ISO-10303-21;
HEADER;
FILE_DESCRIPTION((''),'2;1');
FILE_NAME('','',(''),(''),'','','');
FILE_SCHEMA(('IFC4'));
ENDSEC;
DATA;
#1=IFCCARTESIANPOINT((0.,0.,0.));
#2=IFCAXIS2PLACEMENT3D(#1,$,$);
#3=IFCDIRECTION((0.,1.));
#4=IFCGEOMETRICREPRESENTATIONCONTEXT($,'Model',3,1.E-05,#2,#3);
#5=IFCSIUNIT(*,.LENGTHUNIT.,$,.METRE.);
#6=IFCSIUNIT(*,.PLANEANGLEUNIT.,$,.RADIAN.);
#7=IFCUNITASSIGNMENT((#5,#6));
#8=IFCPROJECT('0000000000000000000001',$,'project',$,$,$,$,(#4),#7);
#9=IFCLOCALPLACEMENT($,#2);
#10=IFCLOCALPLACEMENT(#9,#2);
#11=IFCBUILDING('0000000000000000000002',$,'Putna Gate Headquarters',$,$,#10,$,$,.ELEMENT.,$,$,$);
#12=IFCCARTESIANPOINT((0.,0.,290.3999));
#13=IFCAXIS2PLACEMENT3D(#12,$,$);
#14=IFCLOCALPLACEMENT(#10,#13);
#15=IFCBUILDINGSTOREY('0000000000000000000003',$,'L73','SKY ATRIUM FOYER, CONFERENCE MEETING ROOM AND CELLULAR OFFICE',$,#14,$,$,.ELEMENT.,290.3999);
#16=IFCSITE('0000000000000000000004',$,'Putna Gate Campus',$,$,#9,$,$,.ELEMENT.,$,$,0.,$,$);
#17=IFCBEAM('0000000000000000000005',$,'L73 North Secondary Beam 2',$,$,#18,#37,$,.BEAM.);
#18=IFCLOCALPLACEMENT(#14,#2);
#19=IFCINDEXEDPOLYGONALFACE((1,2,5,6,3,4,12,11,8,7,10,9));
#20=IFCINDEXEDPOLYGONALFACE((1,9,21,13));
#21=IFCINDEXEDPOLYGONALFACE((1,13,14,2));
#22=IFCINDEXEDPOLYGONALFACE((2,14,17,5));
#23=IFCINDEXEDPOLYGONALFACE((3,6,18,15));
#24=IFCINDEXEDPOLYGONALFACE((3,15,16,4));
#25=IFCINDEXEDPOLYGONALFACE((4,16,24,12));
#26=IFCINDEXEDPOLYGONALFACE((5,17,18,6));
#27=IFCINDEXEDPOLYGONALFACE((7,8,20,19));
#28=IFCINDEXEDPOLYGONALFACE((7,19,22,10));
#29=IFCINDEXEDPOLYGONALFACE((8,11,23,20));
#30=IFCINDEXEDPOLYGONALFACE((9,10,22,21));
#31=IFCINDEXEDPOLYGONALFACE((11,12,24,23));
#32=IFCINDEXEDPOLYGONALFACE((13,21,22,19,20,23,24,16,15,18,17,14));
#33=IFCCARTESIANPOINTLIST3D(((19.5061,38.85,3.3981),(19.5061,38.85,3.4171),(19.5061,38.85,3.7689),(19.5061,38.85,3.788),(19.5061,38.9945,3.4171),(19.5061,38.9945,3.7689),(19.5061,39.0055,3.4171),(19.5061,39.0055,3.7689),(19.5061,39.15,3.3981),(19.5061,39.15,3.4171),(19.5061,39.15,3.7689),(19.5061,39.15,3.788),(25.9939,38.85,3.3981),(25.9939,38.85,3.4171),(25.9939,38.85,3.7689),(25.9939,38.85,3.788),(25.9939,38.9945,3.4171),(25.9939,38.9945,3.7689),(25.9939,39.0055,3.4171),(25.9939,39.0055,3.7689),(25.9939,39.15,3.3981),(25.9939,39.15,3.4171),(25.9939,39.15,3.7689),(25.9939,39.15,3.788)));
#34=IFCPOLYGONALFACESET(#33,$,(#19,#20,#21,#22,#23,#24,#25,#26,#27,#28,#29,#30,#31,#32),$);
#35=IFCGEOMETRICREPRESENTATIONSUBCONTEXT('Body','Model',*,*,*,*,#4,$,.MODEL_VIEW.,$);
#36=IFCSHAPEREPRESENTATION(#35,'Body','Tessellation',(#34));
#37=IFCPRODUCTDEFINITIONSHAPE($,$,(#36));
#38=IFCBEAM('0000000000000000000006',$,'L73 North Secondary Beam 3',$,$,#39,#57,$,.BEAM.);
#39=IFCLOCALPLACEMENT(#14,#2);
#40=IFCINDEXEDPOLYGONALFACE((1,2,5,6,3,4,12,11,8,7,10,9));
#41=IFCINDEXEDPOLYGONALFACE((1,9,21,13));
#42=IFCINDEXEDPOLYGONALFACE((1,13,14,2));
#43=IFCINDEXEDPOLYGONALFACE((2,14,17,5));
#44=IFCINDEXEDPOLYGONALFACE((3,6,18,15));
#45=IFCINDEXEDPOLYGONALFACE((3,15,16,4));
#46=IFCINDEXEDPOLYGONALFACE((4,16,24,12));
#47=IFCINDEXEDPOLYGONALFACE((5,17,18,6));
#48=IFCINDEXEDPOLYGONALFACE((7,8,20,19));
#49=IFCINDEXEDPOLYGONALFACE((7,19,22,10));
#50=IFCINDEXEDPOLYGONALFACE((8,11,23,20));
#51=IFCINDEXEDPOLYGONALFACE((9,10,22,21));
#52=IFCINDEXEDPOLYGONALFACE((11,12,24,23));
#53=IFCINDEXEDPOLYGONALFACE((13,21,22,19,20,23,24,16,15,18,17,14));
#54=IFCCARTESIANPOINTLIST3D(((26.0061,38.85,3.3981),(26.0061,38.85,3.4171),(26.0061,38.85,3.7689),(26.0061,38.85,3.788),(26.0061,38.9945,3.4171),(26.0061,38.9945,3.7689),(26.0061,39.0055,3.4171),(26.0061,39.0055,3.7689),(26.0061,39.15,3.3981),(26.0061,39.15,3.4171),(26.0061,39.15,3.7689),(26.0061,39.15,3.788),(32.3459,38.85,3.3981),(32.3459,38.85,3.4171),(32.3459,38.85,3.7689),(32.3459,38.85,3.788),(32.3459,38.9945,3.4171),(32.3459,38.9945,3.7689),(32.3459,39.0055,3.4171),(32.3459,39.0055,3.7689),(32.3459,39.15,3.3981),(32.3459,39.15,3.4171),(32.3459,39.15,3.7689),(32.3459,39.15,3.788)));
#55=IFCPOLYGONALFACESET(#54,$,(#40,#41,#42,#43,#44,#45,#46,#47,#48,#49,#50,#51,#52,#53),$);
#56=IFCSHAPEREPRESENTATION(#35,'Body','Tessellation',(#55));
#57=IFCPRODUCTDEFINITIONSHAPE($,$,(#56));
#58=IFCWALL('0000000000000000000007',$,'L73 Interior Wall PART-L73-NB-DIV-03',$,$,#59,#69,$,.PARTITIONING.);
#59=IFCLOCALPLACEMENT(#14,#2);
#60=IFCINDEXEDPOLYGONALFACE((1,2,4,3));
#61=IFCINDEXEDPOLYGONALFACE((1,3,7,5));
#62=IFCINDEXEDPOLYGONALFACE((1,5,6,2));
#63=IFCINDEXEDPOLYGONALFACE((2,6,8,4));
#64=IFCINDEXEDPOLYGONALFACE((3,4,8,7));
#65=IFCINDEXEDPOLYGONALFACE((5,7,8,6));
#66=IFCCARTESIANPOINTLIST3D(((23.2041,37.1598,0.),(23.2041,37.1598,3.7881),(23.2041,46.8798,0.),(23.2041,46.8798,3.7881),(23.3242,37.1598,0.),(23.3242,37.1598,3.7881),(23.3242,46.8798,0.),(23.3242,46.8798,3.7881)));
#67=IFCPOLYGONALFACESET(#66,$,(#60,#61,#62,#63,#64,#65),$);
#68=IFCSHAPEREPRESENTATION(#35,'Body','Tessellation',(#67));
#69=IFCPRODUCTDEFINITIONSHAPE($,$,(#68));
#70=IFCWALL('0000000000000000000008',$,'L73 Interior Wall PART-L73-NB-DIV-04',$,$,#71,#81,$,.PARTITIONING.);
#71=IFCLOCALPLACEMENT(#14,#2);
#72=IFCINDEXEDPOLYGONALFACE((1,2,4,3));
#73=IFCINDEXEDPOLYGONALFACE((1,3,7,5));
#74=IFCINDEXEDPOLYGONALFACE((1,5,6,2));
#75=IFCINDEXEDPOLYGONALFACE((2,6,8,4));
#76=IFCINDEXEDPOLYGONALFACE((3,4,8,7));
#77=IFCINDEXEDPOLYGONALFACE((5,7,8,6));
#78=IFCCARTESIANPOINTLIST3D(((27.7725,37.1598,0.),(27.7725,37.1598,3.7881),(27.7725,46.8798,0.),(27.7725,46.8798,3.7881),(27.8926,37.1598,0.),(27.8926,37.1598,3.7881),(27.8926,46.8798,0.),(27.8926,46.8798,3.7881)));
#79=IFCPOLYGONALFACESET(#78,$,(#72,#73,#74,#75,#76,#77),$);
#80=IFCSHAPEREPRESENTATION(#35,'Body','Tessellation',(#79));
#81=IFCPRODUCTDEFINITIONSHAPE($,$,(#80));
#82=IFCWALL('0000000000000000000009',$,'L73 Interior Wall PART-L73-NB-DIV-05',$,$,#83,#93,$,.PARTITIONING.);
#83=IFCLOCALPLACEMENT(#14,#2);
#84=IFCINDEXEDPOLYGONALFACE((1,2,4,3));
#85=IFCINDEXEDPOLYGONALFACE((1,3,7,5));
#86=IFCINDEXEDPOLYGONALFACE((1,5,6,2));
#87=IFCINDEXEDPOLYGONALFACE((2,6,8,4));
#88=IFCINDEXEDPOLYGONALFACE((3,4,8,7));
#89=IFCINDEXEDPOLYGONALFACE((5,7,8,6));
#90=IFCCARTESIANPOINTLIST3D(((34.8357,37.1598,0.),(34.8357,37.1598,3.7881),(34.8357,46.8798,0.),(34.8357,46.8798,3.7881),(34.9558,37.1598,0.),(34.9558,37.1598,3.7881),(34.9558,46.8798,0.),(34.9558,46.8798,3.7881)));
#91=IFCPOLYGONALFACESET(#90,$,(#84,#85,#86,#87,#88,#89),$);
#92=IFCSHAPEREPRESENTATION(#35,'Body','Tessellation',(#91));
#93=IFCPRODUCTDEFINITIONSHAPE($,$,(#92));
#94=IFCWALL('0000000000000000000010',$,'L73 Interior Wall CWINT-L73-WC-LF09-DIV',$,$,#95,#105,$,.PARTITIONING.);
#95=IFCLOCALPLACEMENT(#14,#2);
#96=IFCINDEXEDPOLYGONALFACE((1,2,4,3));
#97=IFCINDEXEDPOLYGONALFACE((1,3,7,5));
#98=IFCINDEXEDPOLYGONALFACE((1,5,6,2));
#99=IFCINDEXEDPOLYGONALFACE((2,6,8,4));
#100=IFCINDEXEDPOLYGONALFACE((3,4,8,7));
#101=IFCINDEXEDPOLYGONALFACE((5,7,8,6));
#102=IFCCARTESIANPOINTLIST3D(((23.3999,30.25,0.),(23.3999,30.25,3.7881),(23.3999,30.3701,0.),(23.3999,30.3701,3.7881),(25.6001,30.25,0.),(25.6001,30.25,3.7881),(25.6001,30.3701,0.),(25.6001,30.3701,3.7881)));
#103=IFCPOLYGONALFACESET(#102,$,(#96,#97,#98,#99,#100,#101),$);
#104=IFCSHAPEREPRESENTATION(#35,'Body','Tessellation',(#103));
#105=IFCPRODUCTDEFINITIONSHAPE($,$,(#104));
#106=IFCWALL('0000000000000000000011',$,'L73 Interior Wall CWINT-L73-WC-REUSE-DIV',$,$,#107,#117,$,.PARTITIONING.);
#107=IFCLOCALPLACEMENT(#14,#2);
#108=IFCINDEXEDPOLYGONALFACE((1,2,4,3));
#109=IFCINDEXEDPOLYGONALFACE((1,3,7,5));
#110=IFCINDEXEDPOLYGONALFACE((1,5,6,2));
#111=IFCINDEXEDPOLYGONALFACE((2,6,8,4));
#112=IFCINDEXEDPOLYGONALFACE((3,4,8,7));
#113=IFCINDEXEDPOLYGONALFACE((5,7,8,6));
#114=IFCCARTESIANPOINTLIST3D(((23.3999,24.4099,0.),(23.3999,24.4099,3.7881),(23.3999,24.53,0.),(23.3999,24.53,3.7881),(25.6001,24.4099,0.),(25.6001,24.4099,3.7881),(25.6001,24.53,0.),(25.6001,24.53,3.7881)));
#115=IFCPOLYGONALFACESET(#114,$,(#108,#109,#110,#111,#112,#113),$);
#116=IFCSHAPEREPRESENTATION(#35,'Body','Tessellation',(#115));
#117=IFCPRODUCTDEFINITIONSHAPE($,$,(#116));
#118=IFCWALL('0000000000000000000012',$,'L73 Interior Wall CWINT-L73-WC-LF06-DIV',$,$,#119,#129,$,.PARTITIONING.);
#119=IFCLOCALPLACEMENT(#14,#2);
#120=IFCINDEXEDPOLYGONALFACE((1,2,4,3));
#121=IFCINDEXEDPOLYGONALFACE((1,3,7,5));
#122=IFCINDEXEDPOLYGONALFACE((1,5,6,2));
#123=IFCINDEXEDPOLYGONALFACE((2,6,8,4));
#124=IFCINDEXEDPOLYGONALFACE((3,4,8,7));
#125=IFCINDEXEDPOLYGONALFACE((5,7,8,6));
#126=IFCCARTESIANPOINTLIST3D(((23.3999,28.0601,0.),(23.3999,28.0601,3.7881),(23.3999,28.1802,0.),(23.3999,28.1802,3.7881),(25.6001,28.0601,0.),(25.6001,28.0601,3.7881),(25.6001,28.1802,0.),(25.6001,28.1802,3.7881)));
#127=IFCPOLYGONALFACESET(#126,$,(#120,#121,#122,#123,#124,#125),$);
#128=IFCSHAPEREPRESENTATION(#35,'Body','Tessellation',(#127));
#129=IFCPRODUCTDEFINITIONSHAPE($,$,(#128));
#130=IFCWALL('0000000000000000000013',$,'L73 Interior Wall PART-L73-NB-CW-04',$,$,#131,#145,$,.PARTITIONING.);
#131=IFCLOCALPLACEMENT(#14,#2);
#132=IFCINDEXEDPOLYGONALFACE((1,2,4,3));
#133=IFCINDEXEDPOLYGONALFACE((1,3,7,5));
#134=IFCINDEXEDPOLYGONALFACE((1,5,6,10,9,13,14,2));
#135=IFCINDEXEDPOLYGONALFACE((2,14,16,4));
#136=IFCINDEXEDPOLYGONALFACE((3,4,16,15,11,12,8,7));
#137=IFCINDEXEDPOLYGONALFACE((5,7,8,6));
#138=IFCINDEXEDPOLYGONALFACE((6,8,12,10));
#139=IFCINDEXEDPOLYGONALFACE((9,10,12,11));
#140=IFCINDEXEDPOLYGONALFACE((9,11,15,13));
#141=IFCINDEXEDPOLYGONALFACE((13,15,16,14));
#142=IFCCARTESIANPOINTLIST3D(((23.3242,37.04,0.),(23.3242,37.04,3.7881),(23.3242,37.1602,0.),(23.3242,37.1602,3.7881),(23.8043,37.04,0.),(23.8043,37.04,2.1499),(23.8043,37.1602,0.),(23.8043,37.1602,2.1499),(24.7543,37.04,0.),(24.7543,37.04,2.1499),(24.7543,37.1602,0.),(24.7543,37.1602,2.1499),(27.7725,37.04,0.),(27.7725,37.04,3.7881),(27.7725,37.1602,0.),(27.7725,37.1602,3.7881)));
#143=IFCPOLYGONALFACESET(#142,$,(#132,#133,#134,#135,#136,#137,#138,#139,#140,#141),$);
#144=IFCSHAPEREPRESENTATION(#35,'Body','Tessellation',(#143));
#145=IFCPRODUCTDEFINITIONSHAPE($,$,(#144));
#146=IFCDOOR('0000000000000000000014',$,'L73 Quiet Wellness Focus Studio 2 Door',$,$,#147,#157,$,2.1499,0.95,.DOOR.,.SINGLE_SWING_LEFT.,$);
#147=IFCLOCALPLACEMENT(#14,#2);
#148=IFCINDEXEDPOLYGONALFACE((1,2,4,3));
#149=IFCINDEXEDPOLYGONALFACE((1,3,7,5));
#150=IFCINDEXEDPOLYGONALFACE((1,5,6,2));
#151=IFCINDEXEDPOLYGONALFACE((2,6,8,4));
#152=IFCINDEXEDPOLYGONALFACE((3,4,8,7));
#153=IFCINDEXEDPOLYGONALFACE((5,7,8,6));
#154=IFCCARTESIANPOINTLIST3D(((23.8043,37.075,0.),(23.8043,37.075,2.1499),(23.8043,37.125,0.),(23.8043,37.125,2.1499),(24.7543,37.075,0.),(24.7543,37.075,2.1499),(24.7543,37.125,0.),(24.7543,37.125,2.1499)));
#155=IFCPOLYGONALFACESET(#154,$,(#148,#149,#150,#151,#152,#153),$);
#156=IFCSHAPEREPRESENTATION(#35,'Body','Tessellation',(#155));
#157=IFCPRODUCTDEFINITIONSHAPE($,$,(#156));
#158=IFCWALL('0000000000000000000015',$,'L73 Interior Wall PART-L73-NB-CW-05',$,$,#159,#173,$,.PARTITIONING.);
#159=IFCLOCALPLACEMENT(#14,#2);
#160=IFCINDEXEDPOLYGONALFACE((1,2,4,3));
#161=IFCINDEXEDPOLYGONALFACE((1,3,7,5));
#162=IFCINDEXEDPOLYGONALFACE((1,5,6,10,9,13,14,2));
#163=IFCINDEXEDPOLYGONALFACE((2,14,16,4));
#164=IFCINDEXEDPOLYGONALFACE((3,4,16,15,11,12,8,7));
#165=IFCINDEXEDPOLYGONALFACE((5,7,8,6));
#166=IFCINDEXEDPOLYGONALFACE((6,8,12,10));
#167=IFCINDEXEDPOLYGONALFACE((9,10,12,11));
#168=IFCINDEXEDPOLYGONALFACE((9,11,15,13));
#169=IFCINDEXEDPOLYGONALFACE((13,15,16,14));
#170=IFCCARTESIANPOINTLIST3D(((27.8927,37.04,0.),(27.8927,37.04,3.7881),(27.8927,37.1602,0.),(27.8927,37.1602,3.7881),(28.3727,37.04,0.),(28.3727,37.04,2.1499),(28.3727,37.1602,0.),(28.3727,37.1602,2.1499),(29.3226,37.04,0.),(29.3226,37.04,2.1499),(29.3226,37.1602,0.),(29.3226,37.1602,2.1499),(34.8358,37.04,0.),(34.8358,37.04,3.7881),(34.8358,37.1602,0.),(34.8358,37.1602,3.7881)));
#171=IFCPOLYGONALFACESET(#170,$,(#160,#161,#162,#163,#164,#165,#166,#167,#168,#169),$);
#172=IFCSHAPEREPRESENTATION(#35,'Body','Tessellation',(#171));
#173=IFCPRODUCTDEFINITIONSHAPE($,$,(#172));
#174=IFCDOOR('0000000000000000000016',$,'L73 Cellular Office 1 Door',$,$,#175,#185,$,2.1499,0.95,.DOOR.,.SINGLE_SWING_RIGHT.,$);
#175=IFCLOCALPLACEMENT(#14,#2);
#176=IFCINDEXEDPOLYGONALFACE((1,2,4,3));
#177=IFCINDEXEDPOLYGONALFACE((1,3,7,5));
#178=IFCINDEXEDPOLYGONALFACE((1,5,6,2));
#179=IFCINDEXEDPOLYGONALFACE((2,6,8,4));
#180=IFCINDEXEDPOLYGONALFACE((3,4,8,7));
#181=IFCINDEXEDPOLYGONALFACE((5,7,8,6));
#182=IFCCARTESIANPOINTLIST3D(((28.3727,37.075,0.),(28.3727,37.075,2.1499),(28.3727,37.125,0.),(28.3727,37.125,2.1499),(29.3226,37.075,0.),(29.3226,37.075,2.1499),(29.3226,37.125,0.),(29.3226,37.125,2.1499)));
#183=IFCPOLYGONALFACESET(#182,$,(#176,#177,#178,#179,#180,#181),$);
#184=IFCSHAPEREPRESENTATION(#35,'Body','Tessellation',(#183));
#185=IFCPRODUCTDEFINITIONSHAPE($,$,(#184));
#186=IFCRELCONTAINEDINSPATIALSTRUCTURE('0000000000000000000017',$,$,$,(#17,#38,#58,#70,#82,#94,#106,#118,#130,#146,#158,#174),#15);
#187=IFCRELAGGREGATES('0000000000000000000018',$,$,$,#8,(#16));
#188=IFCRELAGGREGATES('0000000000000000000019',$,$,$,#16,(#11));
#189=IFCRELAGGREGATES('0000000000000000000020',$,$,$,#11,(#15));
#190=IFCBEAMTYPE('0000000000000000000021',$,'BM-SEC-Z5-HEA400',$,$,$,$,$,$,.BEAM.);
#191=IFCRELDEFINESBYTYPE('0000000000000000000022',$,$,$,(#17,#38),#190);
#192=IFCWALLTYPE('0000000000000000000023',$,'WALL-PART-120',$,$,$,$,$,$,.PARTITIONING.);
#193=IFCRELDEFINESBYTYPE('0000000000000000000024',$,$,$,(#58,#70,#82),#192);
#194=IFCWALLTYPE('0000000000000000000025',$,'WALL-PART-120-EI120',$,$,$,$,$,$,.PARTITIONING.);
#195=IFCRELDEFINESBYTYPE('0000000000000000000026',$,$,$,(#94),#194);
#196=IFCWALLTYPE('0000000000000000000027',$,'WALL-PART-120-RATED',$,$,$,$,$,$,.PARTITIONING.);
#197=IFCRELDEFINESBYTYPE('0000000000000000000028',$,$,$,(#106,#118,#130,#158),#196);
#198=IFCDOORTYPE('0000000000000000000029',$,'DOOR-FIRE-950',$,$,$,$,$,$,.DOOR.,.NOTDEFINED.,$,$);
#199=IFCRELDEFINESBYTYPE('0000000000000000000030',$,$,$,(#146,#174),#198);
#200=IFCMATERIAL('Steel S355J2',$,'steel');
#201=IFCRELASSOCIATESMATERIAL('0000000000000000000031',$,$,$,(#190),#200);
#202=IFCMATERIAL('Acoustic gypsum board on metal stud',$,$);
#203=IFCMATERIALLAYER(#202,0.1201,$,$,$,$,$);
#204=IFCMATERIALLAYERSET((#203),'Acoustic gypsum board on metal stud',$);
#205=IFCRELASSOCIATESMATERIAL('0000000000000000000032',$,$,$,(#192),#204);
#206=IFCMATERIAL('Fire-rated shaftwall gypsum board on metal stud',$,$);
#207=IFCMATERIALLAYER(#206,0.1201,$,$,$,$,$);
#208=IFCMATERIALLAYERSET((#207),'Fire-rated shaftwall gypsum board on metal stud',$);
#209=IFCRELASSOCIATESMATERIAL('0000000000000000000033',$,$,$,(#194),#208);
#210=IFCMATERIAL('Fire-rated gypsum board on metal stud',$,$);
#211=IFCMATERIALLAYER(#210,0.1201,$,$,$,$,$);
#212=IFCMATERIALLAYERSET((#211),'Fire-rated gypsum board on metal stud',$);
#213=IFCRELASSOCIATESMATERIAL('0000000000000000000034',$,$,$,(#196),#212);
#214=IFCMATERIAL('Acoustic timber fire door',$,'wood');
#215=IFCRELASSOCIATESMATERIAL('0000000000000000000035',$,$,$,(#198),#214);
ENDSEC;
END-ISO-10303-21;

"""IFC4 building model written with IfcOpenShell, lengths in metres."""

from ifc_helpers import new_model, si_unit, direction, frame, frame_2d, origin, origin_2d, place, context, subcontext, project, spatial, rectangle, i_section, extrude, material, layer, layer_set, material_profile, profile_set, type_object, element, fill, save


model = new_model("IFC4")

# Units and contexts
model_context = context("Model", 3, precision=1e-05, world=origin(), true_north=direction((0.0, 1.0)))
body_context = subcontext(model_context, "Body", "Model", "MODEL_VIEW")
ifc_project = project(units=[si_unit("LENGTHUNIT", "METRE"), si_unit("PLANEANGLEUNIT", "RADIAN")], contexts=[model_context])

# Site, building, storey
site_placement = place(None, origin())
site = spatial("IfcSite", under=ifc_project, at=site_placement, Name="Putna Gate Campus", CompositionType="ELEMENT", RefElevation=0.0)
building_placement = place(site_placement, origin())
building = spatial("IfcBuilding", under=site, at=building_placement, Name="Putna Gate Headquarters", CompositionType="ELEMENT")
storey_placement = place(building_placement, frame((0.0, 0.0, 290.3999)))
storey = spatial("IfcBuildingStorey", under=building, at=storey_placement, Name="L73", Description="SKY ATRIUM FOYER, CONFERENCE MEETING ROOM AND CELLULAR OFFICE", CompositionType="ELEMENT", Elevation=290.3999)

# Beams
ifc_material_1 = material(Name="Steel S355J2", Category="steel")
ifc_material_profile_1 = material_profile(ifc_material_1, i_section(OverallWidth=0.3, OverallDepth=0.3899, WebThickness=0.011, FlangeThickness=0.019, at=origin_2d()), Name="Steel S355J2")
ifc_profile_set_1 = profile_set([ifc_material_profile_1], Name="Steel S355J2")
beam_type_1 = type_object("IfcBeamType", Name="BM-SEC-Z5-HEA400", PredefinedType="BEAM", material=ifc_profile_set_1)
beam_1_placement = place(storey_placement, frame((19.5061, 39.0, 3.593), z_axis=(1.0, 0.0, 0.0), x_axis=(0.0, 1.0, 0.0)))
element("IfcBeam", 1, at=beam_1_placement, inside=storey, type_object=beam_type_1, Name="L73 North Secondary Beam 2", PredefinedType="BEAM", context=body_context, shape_type="SweptSolid", body=[
    extrude(i_section(OverallWidth=0.3, OverallDepth=0.3899, WebThickness=0.011, FlangeThickness=0.019, at=origin_2d()), origin(), (0.0, 0.0, 1.0), 6.4878),
])
beam_2_placement = place(storey_placement, frame((26.0061, 39.0, 3.593), z_axis=(1.0, 0.0, 0.0), x_axis=(0.0, 1.0, 0.0)))
element("IfcBeam", 2, at=beam_2_placement, inside=storey, type_object=beam_type_1, Name="L73 North Secondary Beam 3", PredefinedType="BEAM", context=body_context, shape_type="SweptSolid", body=[
    extrude(i_section(OverallWidth=0.3, OverallDepth=0.3899, WebThickness=0.011, FlangeThickness=0.019, at=origin_2d()), origin(), (0.0, 0.0, 1.0), 6.3398),
])

# Walls
ifc_material_2 = material(Name="Acoustic gypsum board on metal stud")
ifc_layer_1 = layer(ifc_material_2, 0.1201)
ifc_layer_set_1 = layer_set([ifc_layer_1], Name="Acoustic gypsum board on metal stud")
wall_type_1 = type_object("IfcWallType", Name="WALL-PART-120", PredefinedType="PARTITIONING", material=ifc_layer_set_1)
for number, where, z_axis, x_axis, name in (
    (3, (23.2642, 37.1599, 0.0), (0.0, 0.0, 1.0), (0.0, 1.0, 0.0), "L73 Interior Wall PART-L73-NB-DIV-03"),
    (4, (27.8325, 37.1599, 0.0), (0.0, 0.0, 1.0), (0.0, 1.0, 0.0), "L73 Interior Wall PART-L73-NB-DIV-04"),
    (5, (34.8958, 37.1599, 0.0), (0.0, 0.0, 1.0), (0.0, 1.0, 0.0), "L73 Interior Wall PART-L73-NB-DIV-05"),
):
    element("IfcWall", number, at=place(storey_placement, frame(where, z_axis=z_axis, x_axis=x_axis)), inside=storey, type_object=wall_type_1, Name=name, PredefinedType="PARTITIONING", context=body_context, shape_type="SweptSolid", body=[
        extrude(rectangle(XDim=9.72, YDim=0.1201, at=frame_2d((4.8599, 0.0))), origin(), (0.0, 0.0, 1.0), 3.7881),
    ])
ifc_material_3 = material(Name="Fire-rated shaftwall gypsum board on metal stud")
ifc_layer_2 = layer(ifc_material_3, 0.1201)
ifc_layer_set_2 = layer_set([ifc_layer_2], Name="Fire-rated shaftwall gypsum board on metal stud")
wall_type_2 = type_object("IfcWallType", Name="WALL-PART-120-EI120", PredefinedType="PARTITIONING", material=ifc_layer_set_2)
wall_1_placement = place(storey_placement, frame((23.3999, 30.3101, 0.0), z_axis=(0.0, 0.0, 1.0), x_axis=(1.0, 0.0, 0.0)))
element("IfcWall", 6, at=wall_1_placement, inside=storey, type_object=wall_type_2, Name="L73 Interior Wall CWINT-L73-WC-LF09-DIV", PredefinedType="PARTITIONING", context=body_context, shape_type="SweptSolid", body=[
    extrude(rectangle(XDim=2.2002, YDim=0.1201, at=frame_2d((1.1001, 0.0))), origin(), (0.0, 0.0, 1.0), 3.7881),
])
ifc_material_4 = material(Name="Fire-rated gypsum board on metal stud")
ifc_layer_3 = layer(ifc_material_4, 0.1201)
ifc_layer_set_3 = layer_set([ifc_layer_3], Name="Fire-rated gypsum board on metal stud")
wall_type_3 = type_object("IfcWallType", Name="WALL-PART-120-RATED", PredefinedType="PARTITIONING", material=ifc_layer_set_3)
for number, where, z_axis, x_axis, name in (
    (7, (23.3999, 24.47, 0.0), (0.0, 0.0, 1.0), (1.0, 0.0, 0.0), "L73 Interior Wall CWINT-L73-WC-REUSE-DIV"),
    (8, (23.3999, 28.1201, 0.0), (0.0, 0.0, 1.0), (1.0, 0.0, 0.0), "L73 Interior Wall CWINT-L73-WC-LF06-DIV"),
):
    element("IfcWall", number, at=place(storey_placement, frame(where, z_axis=z_axis, x_axis=x_axis)), inside=storey, type_object=wall_type_3, Name=name, PredefinedType="PARTITIONING", context=body_context, shape_type="SweptSolid", body=[
        extrude(rectangle(XDim=2.2002, YDim=0.1201, at=frame_2d((1.1001, 0.0))), origin(), (0.0, 0.0, 1.0), 3.7881),
    ])

# Walls, openings, doors
wall_2_placement = place(storey_placement, frame((23.3242, 37.1001, 0.0), z_axis=(0.0, 0.0, 1.0), x_axis=(1.0, 0.0, 0.0)))
wall_2 = element("IfcWall", 9, at=wall_2_placement, inside=storey, type_object=wall_type_3, Name="L73 Interior Wall PART-L73-NB-CW-04", PredefinedType="PARTITIONING", context=body_context, shape_type="SweptSolid", body=[
    extrude(rectangle(XDim=4.4482, YDim=0.1201, at=frame_2d((2.2241, 0.0))), origin(), (0.0, 0.0, 1.0), 3.7881),
])
opening_1_placement = place(wall_2_placement, frame((0.48, 0.0, 0.0)))
opening_1 = element("IfcOpeningElement", 10, at=opening_1_placement, cuts=wall_2, PredefinedType="OPENING", context=body_context, shape_type="SweptSolid", body=[
    extrude(rectangle(XDim=0.95, YDim=2.1499, at=frame_2d((0.4751, 1.075))), frame((0.0, 0.0701, 0.0), z_axis=(0.0, -1.0, 0.0), x_axis=(1.0, 0.0, 0.0)), (0.0, 0.0, 1.0), 0.1401),
])
ifc_material_5 = material(Name="Acoustic timber fire door", Category="wood")
door_type = type_object("IfcDoorType", Name="DOOR-FIRE-950", OperationType="NOTDEFINED", PredefinedType="DOOR", material=ifc_material_5)
door_1_placement = place(opening_1_placement, origin())
door_1 = element("IfcDoor", 11, at=door_1_placement, inside=storey, type_object=door_type, Name="L73 Quiet Wellness Focus Studio 2 Door", OperationType="SINGLE_SWING_LEFT", OverallHeight=2.1499, OverallWidth=0.95, PredefinedType="DOOR", context=body_context, shape_type="SweptSolid", body=[
    extrude(rectangle(XDim=0.95, YDim=2.1499, at=frame_2d((0.4751, 1.075))), frame((0.0, 0.0249, 0.0), z_axis=(0.0, -1.0, 0.0), x_axis=(1.0, 0.0, 0.0)), (0.0, 0.0, 1.0), 0.05),
])
fill(opening_1, door_1)
wall_3_placement = place(storey_placement, frame((27.8926, 37.1001, 0.0), z_axis=(0.0, 0.0, 1.0), x_axis=(1.0, 0.0, 0.0)))
wall_3 = element("IfcWall", 12, at=wall_3_placement, inside=storey, type_object=wall_type_3, Name="L73 Interior Wall PART-L73-NB-CW-05", PredefinedType="PARTITIONING", context=body_context, shape_type="SweptSolid", body=[
    extrude(rectangle(XDim=6.9431, YDim=0.1201, at=frame_2d((3.4717, 0.0))), origin(), (0.0, 0.0, 1.0), 3.7881),
])
opening_2_placement = place(wall_3_placement, frame((0.48, 0.0, 0.0)))
opening_2 = element("IfcOpeningElement", 13, at=opening_2_placement, cuts=wall_3, PredefinedType="OPENING", context=body_context, shape_type="SweptSolid", body=[
    extrude(rectangle(XDim=0.95, YDim=2.1499, at=frame_2d((0.4751, 1.075))), frame((0.0, 0.0701, 0.0), z_axis=(0.0, -1.0, 0.0), x_axis=(1.0, 0.0, 0.0)), (0.0, 0.0, 1.0), 0.1401),
])
door_2_placement = place(opening_2_placement, origin())
door_2 = element("IfcDoor", 14, at=door_2_placement, inside=storey, type_object=door_type, Name="L73 Cellular Office 1 Door", OperationType="SINGLE_SWING_RIGHT", OverallHeight=2.1499, OverallWidth=0.95, PredefinedType="DOOR", context=body_context, shape_type="SweptSolid", body=[
    extrude(rectangle(XDim=0.95, YDim=2.1499, at=frame_2d((0.4751, 1.075))), frame((0.0, 0.0249, 0.0), z_axis=(0.0, -1.0, 0.0), x_axis=(1.0, 0.0, 0.0)), (0.0, 0.0, 1.0), 0.05),
])
fill(opening_2, door_2)

save(model, "model.ifc")
